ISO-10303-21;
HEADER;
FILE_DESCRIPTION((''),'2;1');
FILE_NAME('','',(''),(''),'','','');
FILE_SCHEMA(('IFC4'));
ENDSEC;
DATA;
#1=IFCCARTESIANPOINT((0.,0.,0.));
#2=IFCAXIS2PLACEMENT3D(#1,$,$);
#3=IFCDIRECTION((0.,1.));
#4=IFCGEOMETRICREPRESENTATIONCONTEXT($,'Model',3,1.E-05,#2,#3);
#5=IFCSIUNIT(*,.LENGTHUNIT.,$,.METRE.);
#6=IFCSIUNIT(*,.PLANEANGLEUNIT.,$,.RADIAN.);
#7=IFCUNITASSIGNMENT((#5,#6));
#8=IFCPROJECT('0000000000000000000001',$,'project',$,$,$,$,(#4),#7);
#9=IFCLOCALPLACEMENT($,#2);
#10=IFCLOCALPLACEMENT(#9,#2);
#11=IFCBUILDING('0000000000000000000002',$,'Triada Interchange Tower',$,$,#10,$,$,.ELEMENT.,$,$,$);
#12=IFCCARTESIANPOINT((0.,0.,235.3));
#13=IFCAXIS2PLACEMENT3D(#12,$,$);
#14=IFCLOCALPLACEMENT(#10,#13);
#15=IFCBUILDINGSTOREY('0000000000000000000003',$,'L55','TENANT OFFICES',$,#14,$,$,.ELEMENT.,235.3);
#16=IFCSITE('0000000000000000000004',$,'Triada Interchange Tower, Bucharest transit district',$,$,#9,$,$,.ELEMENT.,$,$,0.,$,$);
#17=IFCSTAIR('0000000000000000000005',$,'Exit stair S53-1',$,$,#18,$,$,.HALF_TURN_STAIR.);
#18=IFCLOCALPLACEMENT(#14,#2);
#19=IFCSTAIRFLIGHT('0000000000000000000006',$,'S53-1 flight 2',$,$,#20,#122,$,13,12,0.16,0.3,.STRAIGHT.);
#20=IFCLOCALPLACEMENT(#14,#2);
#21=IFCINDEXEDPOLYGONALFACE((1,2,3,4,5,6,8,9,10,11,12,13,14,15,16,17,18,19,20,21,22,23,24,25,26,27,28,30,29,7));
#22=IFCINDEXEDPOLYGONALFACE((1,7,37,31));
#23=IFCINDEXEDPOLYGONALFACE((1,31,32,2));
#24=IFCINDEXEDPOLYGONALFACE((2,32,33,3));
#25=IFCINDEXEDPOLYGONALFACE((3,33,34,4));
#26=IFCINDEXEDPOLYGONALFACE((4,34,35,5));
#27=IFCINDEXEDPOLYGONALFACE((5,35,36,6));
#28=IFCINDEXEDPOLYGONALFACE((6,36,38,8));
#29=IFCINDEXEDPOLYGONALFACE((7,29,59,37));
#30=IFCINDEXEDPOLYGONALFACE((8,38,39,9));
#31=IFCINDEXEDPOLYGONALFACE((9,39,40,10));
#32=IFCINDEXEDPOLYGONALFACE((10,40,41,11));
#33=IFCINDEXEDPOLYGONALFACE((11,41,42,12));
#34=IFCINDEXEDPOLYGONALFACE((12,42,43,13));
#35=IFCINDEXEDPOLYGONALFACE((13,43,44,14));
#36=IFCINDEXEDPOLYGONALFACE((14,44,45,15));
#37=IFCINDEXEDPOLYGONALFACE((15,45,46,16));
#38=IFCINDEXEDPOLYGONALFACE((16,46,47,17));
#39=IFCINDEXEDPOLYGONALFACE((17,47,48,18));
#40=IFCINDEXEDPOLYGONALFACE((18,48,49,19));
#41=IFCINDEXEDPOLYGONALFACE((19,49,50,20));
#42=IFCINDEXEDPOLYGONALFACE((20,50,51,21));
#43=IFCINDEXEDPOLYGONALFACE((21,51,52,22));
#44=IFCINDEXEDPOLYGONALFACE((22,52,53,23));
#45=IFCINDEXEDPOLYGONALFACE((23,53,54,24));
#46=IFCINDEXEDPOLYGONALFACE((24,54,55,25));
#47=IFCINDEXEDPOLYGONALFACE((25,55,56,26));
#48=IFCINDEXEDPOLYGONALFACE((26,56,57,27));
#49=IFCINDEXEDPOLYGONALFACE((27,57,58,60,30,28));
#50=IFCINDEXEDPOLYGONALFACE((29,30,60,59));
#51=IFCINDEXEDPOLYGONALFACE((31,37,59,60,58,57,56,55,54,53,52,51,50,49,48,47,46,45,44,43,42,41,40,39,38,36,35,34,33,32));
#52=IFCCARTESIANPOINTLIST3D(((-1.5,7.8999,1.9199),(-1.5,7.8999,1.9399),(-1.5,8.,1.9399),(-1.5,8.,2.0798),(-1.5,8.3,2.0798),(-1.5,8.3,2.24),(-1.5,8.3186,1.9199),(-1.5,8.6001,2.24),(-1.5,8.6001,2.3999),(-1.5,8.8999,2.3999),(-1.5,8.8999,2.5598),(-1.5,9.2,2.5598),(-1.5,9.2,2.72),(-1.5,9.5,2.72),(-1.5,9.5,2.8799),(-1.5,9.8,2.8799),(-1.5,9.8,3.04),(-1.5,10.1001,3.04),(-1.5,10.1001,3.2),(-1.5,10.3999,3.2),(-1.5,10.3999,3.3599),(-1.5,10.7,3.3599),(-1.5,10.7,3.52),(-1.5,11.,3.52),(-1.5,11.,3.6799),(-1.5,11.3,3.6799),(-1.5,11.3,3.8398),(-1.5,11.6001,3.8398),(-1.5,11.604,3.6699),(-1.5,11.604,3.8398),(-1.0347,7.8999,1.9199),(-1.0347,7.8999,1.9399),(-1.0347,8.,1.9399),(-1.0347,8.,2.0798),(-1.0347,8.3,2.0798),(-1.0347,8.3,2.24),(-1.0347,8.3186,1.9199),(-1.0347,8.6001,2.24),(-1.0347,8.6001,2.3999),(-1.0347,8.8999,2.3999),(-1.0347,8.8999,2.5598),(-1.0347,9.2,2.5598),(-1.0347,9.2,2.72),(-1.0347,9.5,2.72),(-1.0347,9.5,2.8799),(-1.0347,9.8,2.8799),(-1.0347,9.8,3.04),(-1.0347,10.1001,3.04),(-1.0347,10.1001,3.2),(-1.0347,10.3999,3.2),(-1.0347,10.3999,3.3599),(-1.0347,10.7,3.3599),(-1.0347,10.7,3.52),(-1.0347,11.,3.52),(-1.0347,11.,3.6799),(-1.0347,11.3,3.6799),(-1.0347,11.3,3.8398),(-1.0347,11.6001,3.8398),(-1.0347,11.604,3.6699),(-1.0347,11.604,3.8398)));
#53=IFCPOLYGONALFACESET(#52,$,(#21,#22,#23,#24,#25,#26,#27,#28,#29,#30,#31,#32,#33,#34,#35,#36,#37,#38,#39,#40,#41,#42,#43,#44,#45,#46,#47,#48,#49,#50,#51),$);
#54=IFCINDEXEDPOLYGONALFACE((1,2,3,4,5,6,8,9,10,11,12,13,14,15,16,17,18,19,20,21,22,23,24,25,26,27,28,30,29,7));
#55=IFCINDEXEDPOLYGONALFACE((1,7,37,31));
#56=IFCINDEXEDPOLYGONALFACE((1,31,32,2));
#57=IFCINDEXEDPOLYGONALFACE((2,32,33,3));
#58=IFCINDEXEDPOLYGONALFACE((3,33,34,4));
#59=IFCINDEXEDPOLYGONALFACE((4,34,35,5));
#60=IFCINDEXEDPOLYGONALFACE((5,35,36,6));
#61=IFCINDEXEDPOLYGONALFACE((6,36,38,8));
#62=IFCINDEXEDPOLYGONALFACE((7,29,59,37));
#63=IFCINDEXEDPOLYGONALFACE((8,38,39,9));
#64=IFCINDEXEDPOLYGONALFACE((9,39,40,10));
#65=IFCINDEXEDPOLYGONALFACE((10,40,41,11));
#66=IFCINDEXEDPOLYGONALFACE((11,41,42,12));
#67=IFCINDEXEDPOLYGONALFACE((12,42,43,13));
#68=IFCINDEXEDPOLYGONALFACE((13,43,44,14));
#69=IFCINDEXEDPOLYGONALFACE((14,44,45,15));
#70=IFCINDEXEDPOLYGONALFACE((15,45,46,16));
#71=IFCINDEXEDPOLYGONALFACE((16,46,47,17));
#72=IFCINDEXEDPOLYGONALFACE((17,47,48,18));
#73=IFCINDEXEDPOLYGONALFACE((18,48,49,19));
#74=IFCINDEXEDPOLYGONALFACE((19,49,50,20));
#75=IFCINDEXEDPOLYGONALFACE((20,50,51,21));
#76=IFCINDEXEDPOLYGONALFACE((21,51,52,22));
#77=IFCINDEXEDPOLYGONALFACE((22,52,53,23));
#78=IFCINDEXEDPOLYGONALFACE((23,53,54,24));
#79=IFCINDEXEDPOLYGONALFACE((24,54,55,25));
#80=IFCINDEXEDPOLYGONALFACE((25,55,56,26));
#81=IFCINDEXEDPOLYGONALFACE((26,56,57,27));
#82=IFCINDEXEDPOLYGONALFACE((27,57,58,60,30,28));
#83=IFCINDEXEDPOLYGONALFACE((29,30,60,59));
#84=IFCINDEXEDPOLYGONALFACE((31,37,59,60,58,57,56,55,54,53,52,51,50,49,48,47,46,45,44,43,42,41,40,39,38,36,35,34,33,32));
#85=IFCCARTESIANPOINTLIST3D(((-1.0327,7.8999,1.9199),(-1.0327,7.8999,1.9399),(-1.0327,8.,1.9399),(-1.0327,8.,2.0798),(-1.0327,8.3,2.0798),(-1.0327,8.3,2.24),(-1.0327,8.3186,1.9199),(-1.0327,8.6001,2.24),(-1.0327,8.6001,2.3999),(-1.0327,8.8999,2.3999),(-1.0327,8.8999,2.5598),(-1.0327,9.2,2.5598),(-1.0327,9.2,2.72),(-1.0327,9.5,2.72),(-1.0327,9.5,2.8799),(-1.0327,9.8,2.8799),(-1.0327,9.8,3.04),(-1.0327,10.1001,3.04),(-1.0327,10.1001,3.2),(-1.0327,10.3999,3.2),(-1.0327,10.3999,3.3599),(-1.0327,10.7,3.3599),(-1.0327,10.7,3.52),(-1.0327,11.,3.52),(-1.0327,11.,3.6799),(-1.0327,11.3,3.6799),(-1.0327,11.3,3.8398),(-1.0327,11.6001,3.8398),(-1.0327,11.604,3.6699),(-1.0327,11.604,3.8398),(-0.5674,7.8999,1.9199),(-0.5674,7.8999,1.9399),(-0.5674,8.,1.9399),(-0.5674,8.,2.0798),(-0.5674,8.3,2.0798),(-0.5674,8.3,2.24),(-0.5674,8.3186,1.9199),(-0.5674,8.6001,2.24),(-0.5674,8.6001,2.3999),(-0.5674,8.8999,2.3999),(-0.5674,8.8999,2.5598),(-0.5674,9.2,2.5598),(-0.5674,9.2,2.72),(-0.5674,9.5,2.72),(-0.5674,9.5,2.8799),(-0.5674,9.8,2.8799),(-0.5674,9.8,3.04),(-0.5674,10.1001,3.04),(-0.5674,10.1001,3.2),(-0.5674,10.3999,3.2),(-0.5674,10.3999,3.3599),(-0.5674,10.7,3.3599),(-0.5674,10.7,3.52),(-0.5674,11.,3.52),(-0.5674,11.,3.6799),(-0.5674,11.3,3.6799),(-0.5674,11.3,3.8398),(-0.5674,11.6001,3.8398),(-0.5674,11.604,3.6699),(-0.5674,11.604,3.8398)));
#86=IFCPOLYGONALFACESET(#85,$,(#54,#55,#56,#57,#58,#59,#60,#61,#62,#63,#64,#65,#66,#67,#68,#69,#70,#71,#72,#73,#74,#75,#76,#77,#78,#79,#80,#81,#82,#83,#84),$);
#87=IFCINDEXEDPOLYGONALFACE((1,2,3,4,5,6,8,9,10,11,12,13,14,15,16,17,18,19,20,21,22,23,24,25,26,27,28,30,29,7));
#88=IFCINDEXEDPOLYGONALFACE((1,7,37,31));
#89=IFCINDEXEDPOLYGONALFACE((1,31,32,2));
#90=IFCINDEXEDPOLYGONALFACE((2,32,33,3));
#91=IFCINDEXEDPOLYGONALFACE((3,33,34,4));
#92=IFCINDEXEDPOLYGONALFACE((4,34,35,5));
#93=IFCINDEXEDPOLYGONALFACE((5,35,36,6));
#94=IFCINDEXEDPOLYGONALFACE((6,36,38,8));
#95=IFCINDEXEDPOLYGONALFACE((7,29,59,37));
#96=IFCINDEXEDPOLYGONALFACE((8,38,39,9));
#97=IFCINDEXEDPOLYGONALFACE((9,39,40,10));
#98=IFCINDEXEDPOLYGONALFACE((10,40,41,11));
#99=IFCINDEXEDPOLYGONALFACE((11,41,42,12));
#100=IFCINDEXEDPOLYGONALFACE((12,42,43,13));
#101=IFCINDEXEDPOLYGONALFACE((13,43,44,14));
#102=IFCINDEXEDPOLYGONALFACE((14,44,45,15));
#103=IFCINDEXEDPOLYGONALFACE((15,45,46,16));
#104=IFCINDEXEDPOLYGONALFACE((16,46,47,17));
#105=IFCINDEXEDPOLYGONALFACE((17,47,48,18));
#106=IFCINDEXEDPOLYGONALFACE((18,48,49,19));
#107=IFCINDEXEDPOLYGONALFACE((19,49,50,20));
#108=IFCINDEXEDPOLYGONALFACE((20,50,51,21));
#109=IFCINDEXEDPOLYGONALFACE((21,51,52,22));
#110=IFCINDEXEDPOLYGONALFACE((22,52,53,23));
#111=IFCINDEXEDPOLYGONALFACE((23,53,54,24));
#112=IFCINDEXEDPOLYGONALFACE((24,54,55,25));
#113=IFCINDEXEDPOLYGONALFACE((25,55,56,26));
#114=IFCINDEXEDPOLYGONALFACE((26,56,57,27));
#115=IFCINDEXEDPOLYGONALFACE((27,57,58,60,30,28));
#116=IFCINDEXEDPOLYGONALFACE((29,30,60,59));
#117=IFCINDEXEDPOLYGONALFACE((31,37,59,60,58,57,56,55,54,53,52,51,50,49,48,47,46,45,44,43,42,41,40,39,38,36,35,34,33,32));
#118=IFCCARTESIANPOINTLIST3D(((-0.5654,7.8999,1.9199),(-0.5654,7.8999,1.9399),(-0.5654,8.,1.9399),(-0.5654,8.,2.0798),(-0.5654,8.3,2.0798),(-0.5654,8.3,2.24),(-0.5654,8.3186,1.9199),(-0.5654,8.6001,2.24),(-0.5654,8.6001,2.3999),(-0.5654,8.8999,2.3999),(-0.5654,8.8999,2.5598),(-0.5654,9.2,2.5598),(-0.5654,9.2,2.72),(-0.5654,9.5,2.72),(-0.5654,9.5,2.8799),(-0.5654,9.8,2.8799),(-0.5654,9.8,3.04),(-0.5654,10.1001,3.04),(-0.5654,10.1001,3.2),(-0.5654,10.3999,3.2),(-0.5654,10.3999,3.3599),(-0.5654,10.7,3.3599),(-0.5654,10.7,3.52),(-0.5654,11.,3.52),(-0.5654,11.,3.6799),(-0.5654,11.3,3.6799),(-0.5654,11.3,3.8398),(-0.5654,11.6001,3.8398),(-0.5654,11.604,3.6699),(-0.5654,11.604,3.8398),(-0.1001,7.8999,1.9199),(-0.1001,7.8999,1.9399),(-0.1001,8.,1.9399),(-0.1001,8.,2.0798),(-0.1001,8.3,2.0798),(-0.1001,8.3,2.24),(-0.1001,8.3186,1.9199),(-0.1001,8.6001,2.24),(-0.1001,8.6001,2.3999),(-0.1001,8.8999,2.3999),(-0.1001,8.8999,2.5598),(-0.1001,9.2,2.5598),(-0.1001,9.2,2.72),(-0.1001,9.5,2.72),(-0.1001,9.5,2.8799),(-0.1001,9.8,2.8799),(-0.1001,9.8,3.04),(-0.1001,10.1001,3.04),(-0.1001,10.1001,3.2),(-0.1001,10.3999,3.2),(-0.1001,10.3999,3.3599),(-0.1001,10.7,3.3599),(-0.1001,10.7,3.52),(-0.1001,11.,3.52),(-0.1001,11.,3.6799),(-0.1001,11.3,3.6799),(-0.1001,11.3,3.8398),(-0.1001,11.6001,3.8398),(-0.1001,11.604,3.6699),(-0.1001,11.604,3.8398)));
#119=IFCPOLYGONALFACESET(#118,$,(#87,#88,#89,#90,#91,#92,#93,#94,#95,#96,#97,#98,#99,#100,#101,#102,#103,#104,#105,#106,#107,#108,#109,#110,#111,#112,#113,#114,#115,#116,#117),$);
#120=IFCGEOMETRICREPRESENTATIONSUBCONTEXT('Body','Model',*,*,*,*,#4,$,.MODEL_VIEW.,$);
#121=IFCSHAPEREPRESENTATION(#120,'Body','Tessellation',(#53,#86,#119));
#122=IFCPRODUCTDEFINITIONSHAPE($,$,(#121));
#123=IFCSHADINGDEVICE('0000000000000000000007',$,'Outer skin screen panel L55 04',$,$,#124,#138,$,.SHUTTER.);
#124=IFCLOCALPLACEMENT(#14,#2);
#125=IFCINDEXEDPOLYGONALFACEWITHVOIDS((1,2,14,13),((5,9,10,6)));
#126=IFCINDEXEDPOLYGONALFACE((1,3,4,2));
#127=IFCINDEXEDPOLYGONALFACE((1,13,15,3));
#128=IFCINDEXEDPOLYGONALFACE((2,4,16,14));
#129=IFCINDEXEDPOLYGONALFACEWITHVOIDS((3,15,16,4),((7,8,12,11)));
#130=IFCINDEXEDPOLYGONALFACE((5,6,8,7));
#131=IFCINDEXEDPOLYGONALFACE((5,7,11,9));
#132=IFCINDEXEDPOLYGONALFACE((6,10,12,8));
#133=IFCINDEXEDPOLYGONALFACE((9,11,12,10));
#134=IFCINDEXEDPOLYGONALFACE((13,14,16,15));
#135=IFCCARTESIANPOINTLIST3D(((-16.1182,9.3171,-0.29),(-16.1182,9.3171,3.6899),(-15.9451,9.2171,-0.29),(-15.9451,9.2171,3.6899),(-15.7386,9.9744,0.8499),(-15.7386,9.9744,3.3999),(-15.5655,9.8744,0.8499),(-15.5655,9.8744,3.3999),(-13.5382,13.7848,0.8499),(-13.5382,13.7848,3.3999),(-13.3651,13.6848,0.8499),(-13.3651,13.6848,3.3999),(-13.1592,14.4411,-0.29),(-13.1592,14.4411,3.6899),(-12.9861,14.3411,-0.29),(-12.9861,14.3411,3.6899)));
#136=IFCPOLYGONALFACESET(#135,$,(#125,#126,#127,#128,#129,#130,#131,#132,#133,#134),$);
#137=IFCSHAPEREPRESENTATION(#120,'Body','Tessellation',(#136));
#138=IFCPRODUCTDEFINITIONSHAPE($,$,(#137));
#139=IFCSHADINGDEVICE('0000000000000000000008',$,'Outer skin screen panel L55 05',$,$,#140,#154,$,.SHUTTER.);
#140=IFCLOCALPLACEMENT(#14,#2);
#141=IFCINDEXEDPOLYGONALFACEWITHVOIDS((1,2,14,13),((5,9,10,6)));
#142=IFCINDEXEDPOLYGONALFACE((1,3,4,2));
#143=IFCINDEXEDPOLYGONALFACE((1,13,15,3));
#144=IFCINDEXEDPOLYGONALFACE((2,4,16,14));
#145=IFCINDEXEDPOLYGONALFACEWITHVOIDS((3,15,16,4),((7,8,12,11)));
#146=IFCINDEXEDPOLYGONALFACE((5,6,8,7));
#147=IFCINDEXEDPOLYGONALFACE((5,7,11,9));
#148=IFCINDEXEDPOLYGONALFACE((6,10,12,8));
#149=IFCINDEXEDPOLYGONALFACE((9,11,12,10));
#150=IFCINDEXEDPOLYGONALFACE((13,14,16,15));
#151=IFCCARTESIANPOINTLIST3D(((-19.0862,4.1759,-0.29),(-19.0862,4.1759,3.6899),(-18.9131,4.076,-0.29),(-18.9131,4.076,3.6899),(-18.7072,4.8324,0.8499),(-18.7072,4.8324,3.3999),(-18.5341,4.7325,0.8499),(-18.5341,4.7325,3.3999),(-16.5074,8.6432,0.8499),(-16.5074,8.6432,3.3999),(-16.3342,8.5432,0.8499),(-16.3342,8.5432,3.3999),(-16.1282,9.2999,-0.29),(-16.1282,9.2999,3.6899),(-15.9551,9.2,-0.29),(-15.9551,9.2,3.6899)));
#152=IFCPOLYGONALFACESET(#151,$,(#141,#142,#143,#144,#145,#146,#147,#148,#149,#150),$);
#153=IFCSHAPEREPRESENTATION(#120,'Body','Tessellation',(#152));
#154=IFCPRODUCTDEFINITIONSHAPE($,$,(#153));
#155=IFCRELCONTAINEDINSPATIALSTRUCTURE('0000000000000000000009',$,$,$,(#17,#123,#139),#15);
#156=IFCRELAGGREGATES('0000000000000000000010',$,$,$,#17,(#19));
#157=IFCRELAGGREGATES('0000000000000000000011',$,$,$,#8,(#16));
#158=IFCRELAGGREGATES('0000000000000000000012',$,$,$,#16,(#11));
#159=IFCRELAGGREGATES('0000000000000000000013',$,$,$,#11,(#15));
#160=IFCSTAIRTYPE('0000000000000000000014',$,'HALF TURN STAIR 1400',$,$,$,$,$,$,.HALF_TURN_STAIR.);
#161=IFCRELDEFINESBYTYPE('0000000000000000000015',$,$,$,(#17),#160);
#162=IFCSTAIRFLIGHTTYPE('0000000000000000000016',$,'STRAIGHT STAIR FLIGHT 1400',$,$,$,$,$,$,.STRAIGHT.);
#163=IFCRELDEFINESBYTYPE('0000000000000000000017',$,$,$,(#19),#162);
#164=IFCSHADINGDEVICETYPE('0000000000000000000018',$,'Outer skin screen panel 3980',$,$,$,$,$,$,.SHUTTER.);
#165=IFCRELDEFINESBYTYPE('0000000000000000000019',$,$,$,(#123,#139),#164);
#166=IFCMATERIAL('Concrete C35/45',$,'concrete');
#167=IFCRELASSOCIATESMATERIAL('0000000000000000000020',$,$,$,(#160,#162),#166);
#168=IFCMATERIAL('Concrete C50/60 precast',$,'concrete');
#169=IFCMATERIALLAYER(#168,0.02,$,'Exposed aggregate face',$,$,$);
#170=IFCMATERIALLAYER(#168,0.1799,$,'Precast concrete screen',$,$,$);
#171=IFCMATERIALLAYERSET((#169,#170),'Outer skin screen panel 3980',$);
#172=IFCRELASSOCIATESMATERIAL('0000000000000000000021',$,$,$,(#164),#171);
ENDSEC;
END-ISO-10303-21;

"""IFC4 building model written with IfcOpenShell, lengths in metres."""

from ifc_helpers import new_model, si_unit, direction, frame, origin, place, context, subcontext, project, spatial, polyline, outline, extrude, material, layer, layer_set, type_object, element, aggregate, save


model = new_model("IFC4")

# Units and contexts
model_context = context("Model", 3, precision=1e-05, world=origin(), true_north=direction((0.0, 1.0)))
body_context = subcontext(model_context, "Body", "Model", "MODEL_VIEW")
ifc_project = project(units=[si_unit("LENGTHUNIT", "METRE"), si_unit("PLANEANGLEUNIT", "RADIAN")], contexts=[model_context])

# Site, building, storey
site_placement = place(None, origin())
site = spatial("IfcSite", under=ifc_project, at=site_placement, Name="Triada Interchange Tower, Bucharest transit district", CompositionType="ELEMENT", RefElevation=0.0)
building_placement = place(site_placement, origin())
building = spatial("IfcBuilding", under=site, at=building_placement, Name="Triada Interchange Tower", CompositionType="ELEMENT")
storey_placement = place(building_placement, frame((0.0, 0.0, 235.3)))
storey = spatial("IfcBuildingStorey", under=building, at=storey_placement, Name="L55", Description="TENANT OFFICES", CompositionType="ELEMENT", Elevation=235.3)

# Stair, stair flight
ifc_material_1 = material(Name="Concrete C35/45", Category="concrete")
stair_type = type_object("IfcStairType", Name="HALF TURN STAIR 1400", PredefinedType="HALF_TURN_STAIR", material=ifc_material_1)
stair_placement = place(storey_placement, origin())
stair = element("IfcStair", 1, at=stair_placement, inside=storey, type_object=stair_type, Name="Exit stair S53-1", PredefinedType="HALF_TURN_STAIR")
stair_flight_type = type_object("IfcStairFlightType", Name="STRAIGHT STAIR FLIGHT 1400", PredefinedType="STRAIGHT", material=ifc_material_1)
stair_flight_placement = place(storey_placement, frame((-0.8, 8.0, 1.9199), z_axis=(0.0, 0.0, 1.0), x_axis=(0.0, 1.0, 0.0)))
stair_flight = element("IfcStairFlight", 2, at=stair_flight_placement, type_object=stair_flight_type, Name="S53-1 flight 2", NumberOfRisers=13, NumberOfTreads=12, PredefinedType="STRAIGHT", RiserHeight=0.16, TreadLength=0.3, context=body_context, shape_type="SweptSolid", body=[
    extrude(outline(polyline([(-0.1001, 0.0), (-0.1001, 0.02), (0.0, 0.02), (0.0, 0.1599), (0.3, 0.1599), (0.3, 0.3201), (0.6001, 0.3201), (0.6001, 0.48), (0.8999, 0.48), (0.8999, 0.6399), (1.2, 0.6399), (1.2, 0.8), (1.5, 0.8), (1.5, 0.96), (1.8, 0.96), (1.8, 1.1201), (2.1001, 1.1201), (2.1001, 1.28), (2.3999, 1.28), (2.3999, 1.4399), (2.7, 1.4399), (2.7, 1.6001), (3.0, 1.6001), (3.0, 1.76), (3.3, 1.76), (3.3, 1.9199), (3.6001, 1.9199), (3.604, 1.9199), (3.604, 2.0801), (3.604, 1.75), (0.3186, 0.0), (-0.1001, 0.0)])), frame((0.0, 0.7, 0.0), z_axis=(0.0, -1.0, 0.0), x_axis=(1.0, 0.0, 0.0)), (0.0, 0.0, 1.0), 0.4653),
    extrude(outline(polyline([(-0.1001, 0.0), (-0.1001, 0.02), (0.0, 0.02), (0.0, 0.1599), (0.3, 0.1599), (0.3, 0.3201), (0.6001, 0.3201), (0.6001, 0.48), (0.8999, 0.48), (0.8999, 0.6399), (1.2, 0.6399), (1.2, 0.8), (1.5, 0.8), (1.5, 0.96), (1.8, 0.96), (1.8, 1.1201), (2.1001, 1.1201), (2.1001, 1.28), (2.3999, 1.28), (2.3999, 1.4399), (2.7, 1.4399), (2.7, 1.6001), (3.0, 1.6001), (3.0, 1.76), (3.3, 1.76), (3.3, 1.9199), (3.6001, 1.9199), (3.604, 1.9199), (3.604, 2.0801), (3.604, 1.75), (0.3186, 0.0), (-0.1001, 0.0)])), frame((0.0, 0.2327, 0.0), z_axis=(0.0, -1.0, 0.0), x_axis=(1.0, 0.0, 0.0)), (0.0, 0.0, 1.0), 0.4653),
    extrude(outline(polyline([(-0.1001, 0.0), (-0.1001, 0.02), (0.0, 0.02), (0.0, 0.1599), (0.3, 0.1599), (0.3, 0.3201), (0.6001, 0.3201), (0.6001, 0.48), (0.8999, 0.48), (0.8999, 0.6399), (1.2, 0.6399), (1.2, 0.8), (1.5, 0.8), (1.5, 0.96), (1.8, 0.96), (1.8, 1.1201), (2.1001, 1.1201), (2.1001, 1.28), (2.3999, 1.28), (2.3999, 1.4399), (2.7, 1.4399), (2.7, 1.6001), (3.0, 1.6001), (3.0, 1.76), (3.3, 1.76), (3.3, 1.9199), (3.6001, 1.9199), (3.604, 1.9199), (3.604, 2.0801), (3.604, 1.75), (0.3186, 0.0), (-0.1001, 0.0)])), frame((0.0, -0.2346, 0.0), z_axis=(0.0, -1.0, 0.0), x_axis=(1.0, 0.0, 0.0)), (0.0, 0.0, 1.0), 0.4653),
])

# Shading devices
ifc_material_2 = material(Name="Concrete C50/60 precast", Category="concrete")
ifc_layer_1 = layer(ifc_material_2, 0.02, Name="Exposed aggregate face")
ifc_layer_2 = layer(ifc_material_2, 0.1799, Name="Precast concrete screen")
ifc_layer_set_1 = layer_set([ifc_layer_1, ifc_layer_2], Name="Outer skin screen panel 3980")
shading_device_type = type_object("IfcShadingDeviceType", Name="Outer skin screen panel 3980", PredefinedType="SHUTTER", material=ifc_layer_set_1)
shading_device_1_placement = place(storey_placement, frame((-12.9861, 14.3411, -0.29), z_axis=(0.0, 0.0, 1.0), x_axis=(-0.50008, -0.865979, 0.0)))
element("IfcShadingDevice", 3, at=shading_device_1_placement, inside=storey, type_object=shading_device_type, Name="Outer skin screen panel L55 04", PredefinedType="SHUTTER", context=body_context, shape_type="SweptSolid", body=[
    extrude(outline(polyline([(0.0, 0.0), (5.917, 0.0), (5.917, 3.98), (0.0, 3.98), (0.0, 0.0)]), holes=[polyline([(0.7578, 1.1399), (0.7578, 3.6899), (5.158, 3.6899), (5.158, 1.1399), (0.7578, 1.1399)])]), frame((0.0, 0.0, 0.0), z_axis=(0.0, -1.0, 0.0), x_axis=(1.0, 0.0, 0.0)), (0.0, 0.0, 1.0), 0.2),
])
shading_device_2_placement = place(storey_placement, frame((-15.9551, 9.2, -0.29), z_axis=(0.0, 0.0, 1.0), x_axis=(-0.499956, -0.866051, 0.0)))
element("IfcShadingDevice", 4, at=shading_device_2_placement, inside=storey, type_object=shading_device_type, Name="Outer skin screen panel L55 05", PredefinedType="SHUTTER", context=body_context, shape_type="SweptSolid", body=[
    extrude(outline(polyline([(0.0, 0.0), (5.9165, 0.0), (5.9165, 3.98), (0.0, 3.98), (0.0, 0.0)]), holes=[polyline([(0.7583, 1.1399), (0.7583, 3.6899), (5.1584, 3.6899), (5.1584, 1.1399), (0.7583, 1.1399)])]), frame((0.0, 0.0, 0.0), z_axis=(0.0, -1.0, 0.0), x_axis=(1.0, 0.0, 0.0)), (0.0, 0.0, 1.0), 0.2),
])

aggregate(stair, [stair_flight])

save(model, "model.ifc")
